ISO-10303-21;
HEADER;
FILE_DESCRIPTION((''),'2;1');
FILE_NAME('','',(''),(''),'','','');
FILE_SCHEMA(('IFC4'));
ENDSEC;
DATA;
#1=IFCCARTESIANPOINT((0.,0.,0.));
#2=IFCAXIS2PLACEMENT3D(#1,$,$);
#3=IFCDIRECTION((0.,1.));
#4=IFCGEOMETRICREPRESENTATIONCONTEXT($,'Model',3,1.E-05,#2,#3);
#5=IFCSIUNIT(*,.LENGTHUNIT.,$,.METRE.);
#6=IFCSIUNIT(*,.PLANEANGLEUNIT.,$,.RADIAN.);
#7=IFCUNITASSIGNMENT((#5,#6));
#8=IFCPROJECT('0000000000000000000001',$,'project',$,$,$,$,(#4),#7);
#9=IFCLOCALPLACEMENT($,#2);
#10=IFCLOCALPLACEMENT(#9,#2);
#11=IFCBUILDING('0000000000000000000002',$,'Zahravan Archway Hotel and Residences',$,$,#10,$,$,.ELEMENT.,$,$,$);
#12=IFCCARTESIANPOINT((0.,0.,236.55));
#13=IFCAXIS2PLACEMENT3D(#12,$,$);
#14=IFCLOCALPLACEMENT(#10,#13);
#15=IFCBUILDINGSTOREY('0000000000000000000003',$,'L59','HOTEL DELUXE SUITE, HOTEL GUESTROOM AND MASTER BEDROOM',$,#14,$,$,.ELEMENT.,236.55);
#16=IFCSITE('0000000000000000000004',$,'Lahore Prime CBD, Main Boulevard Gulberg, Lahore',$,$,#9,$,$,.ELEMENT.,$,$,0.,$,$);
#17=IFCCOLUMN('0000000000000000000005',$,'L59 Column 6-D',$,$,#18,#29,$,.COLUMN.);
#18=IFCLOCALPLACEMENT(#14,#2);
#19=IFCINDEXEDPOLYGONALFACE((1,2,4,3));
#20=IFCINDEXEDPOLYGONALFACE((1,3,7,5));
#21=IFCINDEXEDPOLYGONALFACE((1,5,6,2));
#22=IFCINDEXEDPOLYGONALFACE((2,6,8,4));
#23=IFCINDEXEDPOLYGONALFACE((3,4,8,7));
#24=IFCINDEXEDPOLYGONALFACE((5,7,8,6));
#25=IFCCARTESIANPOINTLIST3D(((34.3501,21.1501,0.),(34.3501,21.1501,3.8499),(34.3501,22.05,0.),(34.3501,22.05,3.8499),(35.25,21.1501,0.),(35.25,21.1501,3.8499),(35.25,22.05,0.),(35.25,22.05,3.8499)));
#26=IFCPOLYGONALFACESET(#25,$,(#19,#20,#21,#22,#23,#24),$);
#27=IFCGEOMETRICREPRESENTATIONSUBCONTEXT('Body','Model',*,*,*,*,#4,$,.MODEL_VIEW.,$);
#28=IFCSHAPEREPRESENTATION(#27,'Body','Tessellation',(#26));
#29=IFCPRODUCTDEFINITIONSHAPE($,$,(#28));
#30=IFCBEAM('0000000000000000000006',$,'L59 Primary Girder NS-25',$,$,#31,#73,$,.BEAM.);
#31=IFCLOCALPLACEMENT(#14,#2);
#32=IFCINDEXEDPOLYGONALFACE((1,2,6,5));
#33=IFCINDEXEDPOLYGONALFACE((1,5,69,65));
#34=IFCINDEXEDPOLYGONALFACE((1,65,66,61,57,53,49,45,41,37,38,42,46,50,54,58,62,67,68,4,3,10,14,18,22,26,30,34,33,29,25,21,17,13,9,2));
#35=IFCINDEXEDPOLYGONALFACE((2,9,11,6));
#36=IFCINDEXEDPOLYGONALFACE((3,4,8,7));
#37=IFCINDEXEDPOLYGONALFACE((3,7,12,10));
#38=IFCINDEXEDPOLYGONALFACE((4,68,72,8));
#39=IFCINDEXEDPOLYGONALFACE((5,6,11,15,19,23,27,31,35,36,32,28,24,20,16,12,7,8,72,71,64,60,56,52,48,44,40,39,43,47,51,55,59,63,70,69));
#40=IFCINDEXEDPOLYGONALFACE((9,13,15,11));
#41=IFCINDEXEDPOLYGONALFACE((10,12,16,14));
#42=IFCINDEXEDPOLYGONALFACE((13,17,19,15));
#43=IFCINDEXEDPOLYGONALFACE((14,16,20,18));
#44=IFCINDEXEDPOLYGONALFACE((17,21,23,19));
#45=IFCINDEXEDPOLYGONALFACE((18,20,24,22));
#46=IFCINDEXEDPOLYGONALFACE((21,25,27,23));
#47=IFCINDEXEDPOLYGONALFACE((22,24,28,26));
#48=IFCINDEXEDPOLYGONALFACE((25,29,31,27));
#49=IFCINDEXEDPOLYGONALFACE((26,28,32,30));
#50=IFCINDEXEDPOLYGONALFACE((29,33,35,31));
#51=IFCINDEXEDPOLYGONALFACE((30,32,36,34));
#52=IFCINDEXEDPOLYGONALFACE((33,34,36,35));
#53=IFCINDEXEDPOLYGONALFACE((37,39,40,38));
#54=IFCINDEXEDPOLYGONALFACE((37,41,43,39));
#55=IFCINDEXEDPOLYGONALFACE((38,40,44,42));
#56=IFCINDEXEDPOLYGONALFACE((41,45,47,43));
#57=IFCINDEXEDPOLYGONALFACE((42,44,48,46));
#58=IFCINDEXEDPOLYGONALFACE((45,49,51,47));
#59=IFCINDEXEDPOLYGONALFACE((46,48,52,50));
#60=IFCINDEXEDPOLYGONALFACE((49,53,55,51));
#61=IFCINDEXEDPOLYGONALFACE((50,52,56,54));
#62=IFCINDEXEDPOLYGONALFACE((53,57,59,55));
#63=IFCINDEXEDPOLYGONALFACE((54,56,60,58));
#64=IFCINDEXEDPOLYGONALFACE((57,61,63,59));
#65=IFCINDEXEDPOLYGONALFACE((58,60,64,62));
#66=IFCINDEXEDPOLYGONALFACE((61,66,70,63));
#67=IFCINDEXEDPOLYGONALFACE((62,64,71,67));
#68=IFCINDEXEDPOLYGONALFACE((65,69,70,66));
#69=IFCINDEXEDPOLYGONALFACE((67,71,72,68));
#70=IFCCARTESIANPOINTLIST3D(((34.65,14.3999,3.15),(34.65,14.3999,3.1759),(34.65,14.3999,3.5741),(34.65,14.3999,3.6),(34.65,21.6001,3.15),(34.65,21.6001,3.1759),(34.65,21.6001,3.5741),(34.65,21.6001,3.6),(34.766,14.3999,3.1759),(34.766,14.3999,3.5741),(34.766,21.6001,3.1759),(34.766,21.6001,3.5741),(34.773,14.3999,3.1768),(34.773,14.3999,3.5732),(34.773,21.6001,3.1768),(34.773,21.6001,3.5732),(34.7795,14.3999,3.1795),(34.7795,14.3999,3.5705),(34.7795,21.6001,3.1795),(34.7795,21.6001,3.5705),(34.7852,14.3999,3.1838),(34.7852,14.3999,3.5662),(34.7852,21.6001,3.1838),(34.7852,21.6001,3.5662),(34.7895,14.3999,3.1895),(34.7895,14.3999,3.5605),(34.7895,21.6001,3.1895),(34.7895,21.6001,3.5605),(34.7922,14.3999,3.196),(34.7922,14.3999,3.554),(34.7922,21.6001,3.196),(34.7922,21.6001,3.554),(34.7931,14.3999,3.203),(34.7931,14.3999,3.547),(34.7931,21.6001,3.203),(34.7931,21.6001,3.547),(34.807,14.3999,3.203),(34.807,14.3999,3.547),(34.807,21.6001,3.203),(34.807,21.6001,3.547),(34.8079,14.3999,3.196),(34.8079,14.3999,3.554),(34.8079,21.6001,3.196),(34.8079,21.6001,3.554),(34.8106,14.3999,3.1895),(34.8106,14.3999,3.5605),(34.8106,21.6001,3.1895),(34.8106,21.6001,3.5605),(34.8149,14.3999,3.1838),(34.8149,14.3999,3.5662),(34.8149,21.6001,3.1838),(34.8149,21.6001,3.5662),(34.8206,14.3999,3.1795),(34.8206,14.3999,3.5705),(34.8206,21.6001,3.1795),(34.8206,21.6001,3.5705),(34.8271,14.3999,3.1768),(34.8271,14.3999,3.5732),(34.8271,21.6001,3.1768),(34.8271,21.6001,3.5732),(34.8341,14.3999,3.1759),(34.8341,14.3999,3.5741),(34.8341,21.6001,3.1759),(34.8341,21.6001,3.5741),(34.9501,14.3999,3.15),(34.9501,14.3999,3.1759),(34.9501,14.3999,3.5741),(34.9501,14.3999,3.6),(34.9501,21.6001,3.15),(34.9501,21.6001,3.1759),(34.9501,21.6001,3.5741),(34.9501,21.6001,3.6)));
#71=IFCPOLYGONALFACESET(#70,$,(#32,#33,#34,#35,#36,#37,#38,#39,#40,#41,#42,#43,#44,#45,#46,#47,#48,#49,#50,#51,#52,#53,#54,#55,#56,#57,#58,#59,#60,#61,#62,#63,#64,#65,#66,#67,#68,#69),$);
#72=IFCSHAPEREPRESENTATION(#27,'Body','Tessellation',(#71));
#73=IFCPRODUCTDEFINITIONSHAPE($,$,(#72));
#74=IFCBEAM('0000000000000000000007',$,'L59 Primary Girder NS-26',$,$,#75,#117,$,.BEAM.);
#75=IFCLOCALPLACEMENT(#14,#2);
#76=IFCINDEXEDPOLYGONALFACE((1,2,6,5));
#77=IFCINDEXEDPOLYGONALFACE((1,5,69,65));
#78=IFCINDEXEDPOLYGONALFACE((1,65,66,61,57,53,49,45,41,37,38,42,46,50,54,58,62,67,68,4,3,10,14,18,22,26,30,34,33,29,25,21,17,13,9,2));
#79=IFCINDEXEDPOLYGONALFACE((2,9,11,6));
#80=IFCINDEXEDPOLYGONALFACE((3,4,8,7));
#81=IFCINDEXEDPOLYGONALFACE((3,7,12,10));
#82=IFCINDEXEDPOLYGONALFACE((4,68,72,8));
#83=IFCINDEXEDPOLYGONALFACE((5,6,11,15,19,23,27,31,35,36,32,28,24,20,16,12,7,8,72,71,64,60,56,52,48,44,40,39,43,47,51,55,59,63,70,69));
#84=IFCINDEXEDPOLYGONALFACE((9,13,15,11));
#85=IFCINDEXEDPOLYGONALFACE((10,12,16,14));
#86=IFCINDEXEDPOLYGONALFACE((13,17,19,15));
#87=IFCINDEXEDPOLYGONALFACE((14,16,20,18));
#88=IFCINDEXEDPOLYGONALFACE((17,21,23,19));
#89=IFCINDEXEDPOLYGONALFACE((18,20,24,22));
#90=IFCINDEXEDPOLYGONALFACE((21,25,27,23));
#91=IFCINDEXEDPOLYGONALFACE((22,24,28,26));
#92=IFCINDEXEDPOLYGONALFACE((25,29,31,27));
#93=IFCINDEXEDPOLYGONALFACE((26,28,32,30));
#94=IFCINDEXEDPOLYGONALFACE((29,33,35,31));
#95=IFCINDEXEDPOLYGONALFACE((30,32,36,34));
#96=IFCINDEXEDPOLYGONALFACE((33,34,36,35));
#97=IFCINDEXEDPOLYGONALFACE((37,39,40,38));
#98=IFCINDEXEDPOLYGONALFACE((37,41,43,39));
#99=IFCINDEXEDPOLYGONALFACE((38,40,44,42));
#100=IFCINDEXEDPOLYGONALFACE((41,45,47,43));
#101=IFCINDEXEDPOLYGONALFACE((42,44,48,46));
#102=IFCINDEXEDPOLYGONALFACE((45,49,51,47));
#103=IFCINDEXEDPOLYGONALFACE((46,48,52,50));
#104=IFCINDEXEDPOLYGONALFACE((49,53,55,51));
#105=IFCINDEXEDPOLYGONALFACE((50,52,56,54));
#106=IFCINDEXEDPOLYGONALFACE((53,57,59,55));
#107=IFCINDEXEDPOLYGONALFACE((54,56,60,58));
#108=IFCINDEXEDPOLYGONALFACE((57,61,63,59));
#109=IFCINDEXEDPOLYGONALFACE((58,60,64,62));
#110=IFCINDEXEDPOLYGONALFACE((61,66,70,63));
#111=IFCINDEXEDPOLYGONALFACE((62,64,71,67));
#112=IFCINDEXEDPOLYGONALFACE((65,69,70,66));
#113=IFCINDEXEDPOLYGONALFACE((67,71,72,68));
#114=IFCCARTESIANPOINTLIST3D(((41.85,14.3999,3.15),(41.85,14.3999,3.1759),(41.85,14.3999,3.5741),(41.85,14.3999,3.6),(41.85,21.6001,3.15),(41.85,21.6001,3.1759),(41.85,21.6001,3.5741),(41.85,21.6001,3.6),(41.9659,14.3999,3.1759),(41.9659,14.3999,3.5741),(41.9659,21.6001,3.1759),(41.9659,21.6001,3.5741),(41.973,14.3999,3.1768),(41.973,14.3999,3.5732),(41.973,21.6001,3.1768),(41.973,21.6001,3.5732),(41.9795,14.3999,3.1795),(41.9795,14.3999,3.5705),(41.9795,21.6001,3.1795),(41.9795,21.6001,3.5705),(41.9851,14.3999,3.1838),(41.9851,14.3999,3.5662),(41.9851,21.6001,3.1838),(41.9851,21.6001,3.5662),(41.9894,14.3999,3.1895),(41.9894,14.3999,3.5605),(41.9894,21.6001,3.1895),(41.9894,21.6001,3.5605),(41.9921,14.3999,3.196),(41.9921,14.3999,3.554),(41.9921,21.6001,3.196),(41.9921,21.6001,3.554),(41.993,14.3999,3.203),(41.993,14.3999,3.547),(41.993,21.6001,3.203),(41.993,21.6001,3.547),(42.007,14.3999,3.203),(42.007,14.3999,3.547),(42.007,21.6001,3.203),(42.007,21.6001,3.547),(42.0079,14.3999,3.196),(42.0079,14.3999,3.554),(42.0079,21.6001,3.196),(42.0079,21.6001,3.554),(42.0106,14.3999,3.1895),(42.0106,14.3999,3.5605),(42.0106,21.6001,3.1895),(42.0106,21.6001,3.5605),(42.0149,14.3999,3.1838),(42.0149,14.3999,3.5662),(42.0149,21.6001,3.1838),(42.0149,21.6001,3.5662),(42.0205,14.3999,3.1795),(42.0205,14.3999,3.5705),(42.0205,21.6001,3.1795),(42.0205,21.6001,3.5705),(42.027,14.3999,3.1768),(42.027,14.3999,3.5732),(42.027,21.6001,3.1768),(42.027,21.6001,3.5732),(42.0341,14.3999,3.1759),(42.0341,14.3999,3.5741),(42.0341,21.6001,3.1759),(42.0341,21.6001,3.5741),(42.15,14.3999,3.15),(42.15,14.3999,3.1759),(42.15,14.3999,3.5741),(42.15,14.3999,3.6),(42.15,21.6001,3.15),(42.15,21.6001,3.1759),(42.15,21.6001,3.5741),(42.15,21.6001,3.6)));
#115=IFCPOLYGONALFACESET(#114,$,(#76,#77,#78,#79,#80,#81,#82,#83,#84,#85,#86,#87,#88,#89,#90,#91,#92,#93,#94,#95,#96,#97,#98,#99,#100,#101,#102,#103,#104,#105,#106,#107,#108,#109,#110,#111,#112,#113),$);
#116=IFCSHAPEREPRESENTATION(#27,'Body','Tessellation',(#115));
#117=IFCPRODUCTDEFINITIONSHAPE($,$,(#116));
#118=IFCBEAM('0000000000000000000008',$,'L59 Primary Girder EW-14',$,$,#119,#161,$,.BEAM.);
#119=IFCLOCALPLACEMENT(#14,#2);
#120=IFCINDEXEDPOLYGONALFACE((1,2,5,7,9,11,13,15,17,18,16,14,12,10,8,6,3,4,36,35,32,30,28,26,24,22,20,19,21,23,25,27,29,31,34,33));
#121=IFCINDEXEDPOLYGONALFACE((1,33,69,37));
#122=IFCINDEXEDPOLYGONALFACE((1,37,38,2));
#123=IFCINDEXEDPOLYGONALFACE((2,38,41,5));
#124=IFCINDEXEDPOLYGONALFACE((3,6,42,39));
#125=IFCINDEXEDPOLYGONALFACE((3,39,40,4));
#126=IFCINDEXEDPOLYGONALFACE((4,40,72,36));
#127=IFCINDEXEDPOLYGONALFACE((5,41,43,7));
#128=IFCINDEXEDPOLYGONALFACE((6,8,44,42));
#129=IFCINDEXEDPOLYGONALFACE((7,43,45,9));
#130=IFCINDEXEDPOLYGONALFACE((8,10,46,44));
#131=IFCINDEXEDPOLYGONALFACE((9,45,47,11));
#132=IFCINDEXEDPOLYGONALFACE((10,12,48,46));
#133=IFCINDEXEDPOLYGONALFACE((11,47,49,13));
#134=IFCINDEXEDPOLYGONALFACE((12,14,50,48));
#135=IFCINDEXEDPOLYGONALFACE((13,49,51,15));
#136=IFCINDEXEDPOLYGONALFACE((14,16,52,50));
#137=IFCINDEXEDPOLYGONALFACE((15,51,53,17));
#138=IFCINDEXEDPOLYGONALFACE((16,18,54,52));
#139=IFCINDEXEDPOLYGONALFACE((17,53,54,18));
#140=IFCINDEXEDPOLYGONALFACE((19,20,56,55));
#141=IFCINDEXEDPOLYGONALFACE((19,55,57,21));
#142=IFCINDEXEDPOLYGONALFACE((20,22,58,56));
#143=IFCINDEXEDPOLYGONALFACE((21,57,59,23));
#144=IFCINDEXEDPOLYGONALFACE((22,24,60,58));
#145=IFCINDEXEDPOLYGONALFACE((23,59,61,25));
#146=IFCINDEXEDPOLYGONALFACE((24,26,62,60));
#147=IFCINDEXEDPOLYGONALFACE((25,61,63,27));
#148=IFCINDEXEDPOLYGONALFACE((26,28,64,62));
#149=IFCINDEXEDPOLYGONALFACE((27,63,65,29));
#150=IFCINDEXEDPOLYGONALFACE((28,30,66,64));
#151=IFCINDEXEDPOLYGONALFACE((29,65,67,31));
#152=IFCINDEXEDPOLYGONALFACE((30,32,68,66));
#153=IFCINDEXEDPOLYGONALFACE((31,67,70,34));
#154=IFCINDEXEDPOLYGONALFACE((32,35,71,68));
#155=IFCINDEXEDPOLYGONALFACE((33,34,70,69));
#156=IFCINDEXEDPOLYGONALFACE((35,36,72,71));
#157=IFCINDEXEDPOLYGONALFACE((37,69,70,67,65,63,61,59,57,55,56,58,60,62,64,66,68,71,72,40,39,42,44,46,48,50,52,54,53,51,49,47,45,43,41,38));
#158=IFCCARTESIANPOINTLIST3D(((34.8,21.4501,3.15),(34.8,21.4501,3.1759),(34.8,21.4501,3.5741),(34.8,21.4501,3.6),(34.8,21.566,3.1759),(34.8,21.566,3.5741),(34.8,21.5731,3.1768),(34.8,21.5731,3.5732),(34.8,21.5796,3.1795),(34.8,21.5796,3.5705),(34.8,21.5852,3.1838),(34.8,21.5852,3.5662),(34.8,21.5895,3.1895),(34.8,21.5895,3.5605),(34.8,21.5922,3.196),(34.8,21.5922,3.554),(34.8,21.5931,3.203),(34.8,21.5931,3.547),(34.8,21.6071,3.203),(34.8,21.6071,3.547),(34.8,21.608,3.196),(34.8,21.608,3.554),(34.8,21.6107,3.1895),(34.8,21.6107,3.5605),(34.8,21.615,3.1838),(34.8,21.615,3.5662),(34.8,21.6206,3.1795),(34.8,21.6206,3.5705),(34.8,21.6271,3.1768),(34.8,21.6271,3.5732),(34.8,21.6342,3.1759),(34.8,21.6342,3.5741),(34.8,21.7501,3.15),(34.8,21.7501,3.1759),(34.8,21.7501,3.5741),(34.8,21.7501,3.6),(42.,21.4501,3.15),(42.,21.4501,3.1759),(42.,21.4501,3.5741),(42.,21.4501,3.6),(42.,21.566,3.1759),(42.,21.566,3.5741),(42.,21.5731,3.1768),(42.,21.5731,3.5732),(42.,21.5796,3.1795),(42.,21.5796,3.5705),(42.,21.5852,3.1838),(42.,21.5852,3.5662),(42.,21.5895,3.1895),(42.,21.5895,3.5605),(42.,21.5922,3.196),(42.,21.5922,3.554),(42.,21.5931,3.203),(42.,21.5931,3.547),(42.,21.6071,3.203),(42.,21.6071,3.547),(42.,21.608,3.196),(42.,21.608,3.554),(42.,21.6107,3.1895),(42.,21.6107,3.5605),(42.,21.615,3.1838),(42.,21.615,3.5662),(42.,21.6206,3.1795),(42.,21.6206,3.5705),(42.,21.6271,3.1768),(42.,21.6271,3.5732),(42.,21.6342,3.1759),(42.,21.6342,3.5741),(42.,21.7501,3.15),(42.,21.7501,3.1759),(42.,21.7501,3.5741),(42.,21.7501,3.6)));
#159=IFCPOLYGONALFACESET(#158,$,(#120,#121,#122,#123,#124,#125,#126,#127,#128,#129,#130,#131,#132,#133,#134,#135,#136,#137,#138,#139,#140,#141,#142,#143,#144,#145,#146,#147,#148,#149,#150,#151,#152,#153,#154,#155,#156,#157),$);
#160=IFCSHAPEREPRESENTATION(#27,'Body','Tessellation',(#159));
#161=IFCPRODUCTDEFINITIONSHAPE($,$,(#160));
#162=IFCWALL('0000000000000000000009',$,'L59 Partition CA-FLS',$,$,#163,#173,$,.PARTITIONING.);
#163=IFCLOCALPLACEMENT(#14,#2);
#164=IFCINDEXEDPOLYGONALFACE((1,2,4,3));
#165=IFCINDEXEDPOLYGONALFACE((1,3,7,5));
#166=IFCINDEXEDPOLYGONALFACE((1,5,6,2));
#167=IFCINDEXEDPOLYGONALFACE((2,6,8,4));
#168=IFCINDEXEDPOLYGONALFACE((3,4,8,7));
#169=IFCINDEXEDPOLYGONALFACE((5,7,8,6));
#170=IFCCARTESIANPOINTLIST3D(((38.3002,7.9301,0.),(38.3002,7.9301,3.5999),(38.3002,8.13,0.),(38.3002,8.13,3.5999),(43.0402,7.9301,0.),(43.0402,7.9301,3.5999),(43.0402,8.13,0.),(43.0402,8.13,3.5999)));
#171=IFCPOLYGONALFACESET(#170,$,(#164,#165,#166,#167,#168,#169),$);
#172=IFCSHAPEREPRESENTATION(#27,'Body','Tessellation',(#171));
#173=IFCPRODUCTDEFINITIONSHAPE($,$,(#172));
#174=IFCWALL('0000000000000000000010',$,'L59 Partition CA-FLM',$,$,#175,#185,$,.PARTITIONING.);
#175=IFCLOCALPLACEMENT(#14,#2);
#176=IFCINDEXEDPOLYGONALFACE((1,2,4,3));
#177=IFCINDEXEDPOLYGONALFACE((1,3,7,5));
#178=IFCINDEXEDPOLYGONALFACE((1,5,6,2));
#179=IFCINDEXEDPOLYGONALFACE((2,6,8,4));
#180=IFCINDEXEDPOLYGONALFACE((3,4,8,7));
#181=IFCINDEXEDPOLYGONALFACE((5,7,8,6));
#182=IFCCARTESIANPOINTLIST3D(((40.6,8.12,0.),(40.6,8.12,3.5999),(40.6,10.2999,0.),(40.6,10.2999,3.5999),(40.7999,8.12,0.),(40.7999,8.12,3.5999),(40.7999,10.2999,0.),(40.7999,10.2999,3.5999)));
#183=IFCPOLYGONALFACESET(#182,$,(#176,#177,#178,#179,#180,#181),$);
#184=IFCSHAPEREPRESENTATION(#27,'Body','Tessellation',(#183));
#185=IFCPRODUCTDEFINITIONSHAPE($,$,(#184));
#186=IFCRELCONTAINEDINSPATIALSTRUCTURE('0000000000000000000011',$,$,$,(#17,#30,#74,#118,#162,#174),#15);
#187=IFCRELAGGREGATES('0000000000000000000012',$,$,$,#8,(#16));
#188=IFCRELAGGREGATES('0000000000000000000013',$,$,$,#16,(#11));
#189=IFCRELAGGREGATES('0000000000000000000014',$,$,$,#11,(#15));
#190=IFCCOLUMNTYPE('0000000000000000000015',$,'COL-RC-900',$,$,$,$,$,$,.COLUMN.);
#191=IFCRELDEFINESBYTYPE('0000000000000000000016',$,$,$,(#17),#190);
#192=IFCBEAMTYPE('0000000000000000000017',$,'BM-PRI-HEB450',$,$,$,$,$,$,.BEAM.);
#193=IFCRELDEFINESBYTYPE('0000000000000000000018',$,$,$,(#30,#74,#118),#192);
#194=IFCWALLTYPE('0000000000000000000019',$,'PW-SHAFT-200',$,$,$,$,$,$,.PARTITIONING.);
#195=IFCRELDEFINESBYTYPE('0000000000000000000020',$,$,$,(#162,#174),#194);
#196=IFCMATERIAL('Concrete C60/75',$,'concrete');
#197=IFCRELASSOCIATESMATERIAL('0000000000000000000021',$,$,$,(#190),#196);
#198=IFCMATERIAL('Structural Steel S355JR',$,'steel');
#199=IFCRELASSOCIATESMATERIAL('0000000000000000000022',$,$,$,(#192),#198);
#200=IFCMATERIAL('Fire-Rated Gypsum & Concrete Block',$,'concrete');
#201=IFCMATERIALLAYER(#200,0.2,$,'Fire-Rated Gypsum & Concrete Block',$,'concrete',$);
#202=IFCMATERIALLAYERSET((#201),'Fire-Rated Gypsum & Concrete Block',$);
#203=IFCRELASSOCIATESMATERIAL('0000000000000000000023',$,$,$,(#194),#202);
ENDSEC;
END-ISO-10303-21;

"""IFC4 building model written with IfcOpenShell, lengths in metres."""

from ifc_helpers import new_model, si_unit, direction, frame, frame_2d, origin, origin_2d, place, context, subcontext, project, spatial, rectangle, i_section, extrude, source, transform, mapped, material, layer, layer_set, material_profile, profile_set, type_object, type_shapes, element, save


model = new_model("IFC4")

# Units and contexts
model_context = context("Model", 3, precision=1e-05, world=origin(), true_north=direction((0.0, 1.0)))
body_context = subcontext(model_context, "Body", "Model", "MODEL_VIEW")
ifc_project = project(units=[si_unit("LENGTHUNIT", "METRE"), si_unit("PLANEANGLEUNIT", "RADIAN")], contexts=[model_context])

# Site, building, storey
site_placement = place(None, origin())
site = spatial("IfcSite", under=ifc_project, at=site_placement, Name="Lahore Prime CBD, Main Boulevard Gulberg, Lahore", CompositionType="ELEMENT", RefElevation=0.0)
building_placement = place(site_placement, origin())
building = spatial("IfcBuilding", under=site, at=building_placement, Name="Zahravan Archway Hotel and Residences", CompositionType="ELEMENT")
storey_placement = place(building_placement, frame((0.0, 0.0, 236.55)))
storey = spatial("IfcBuildingStorey", under=building, at=storey_placement, Name="L59", Description="HOTEL DELUXE SUITE, HOTEL GUESTROOM AND MASTER BEDROOM", CompositionType="ELEMENT", Elevation=236.55)

# Column
ifc_material_1 = material(Name="Concrete C60/75", Category="concrete")
ifc_material_profile_1 = material_profile(ifc_material_1, rectangle(XDim=0.8999, YDim=0.8999, at=origin_2d()), Name="RC-COL-900x900", Category="concrete")
ifc_profile_set_1 = profile_set([ifc_material_profile_1], Name="Concrete C60/75")
column_type = type_object("IfcColumnType", Name="COL-RC-900", PredefinedType="COLUMN", material=ifc_profile_set_1)
shared_shape_1 = source(origin(), body_context, "Body", "SweptSolid", [
    extrude(rectangle(XDim=0.8999, YDim=0.8999, at=origin_2d()), origin(), (0.0, 0.0, 1.0), 3.8499),
])
column_placement = place(storey_placement, frame((34.8, 21.6001, 0.0), z_axis=(0.0, 0.0, 1.0), x_axis=(1.0, 0.0, 0.0)))
element("IfcColumn", 1, at=column_placement, inside=storey, type_object=column_type, Name="L59 Column 6-D", PredefinedType="COLUMN", context=body_context, shape_type="MappedRepresentation", body=[
    mapped(shared_shape_1, transform((0.0, 0.0, 0.0), scale=1.0)),
])

# Beams
ifc_material_2 = material(Name="Structural Steel S355JR", Category="steel")
ifc_material_profile_2 = material_profile(ifc_material_2, i_section(OverallWidth=0.3, OverallDepth=0.45, WebThickness=0.0139, FlangeThickness=0.0259, FilletRadius=0.0271, at=origin_2d()), Name="HEB 450", Category="steel")
ifc_profile_set_2 = profile_set([ifc_material_profile_2], Name="Structural Steel S355JR")
beam_type = type_object("IfcBeamType", Name="BM-PRI-HEB450", PredefinedType="BEAM", material=ifc_profile_set_2)
shared_shape_2 = source(origin(), body_context, "Body", "SweptSolid", [
    extrude(i_section(OverallWidth=0.3, OverallDepth=0.45, WebThickness=0.0139, FlangeThickness=0.0259, FilletRadius=0.0271, at=origin_2d()), origin(), (0.0, 0.0, 1.0), 7.2002),
])
type_shapes(beam_type, [shared_shape_2])
for number, where, z_axis, x_axis, name in (
    (2, (34.8, 14.3999, 3.375), (0.0, 1.0, 0.0), (-1.0, 0.0, 0.0), "L59 Primary Girder NS-25"),
    (3, (42.0, 14.3999, 3.375), (0.0, 1.0, 0.0), (-1.0, 0.0, 0.0), "L59 Primary Girder NS-26"),
):
    element("IfcBeam", number, at=place(storey_placement, frame(where, z_axis=z_axis, x_axis=x_axis)), inside=storey, type_object=beam_type, Name=name, PredefinedType="BEAM", context=body_context, shape_type="MappedRepresentation", body=[
        mapped(shared_shape_2, transform((0.0, 0.0, 0.0), scale=1.0)),
    ])
shared_shape_3 = source(origin(), body_context, "Body", "SweptSolid", [
    extrude(i_section(OverallWidth=0.3, OverallDepth=0.45, WebThickness=0.0139, FlangeThickness=0.0259, FilletRadius=0.0271, at=origin_2d()), origin(), (0.0, 0.0, 1.0), 7.2),
])
beam_placement = place(storey_placement, frame((34.8, 21.6001, 3.375), z_axis=(1.0, 0.0, 0.0), x_axis=(0.0, 1.0, 0.0)))
element("IfcBeam", 4, at=beam_placement, inside=storey, type_object=beam_type, Name="L59 Primary Girder EW-14", PredefinedType="BEAM", context=body_context, shape_type="MappedRepresentation", body=[
    mapped(shared_shape_3, transform((0.0, 0.0, 0.0), scale=1.0)),
])

# Shared definitions
ifc_material_3 = material(Name="Fire-Rated Gypsum & Concrete Block", Category="concrete")

# Walls
ifc_layer_1 = layer(ifc_material_3, 0.2, Name="Fire-Rated Gypsum & Concrete Block", Category="concrete")
ifc_layer_set_1 = layer_set([ifc_layer_1], Name="Fire-Rated Gypsum & Concrete Block")
wall_type_1 = type_object("IfcWallType", Name="PW-SHAFT-200", PredefinedType="PARTITIONING", material=ifc_layer_set_1)
wall_1_placement = place(storey_placement, frame((38.3, 8.03, 0.0), z_axis=(0.0, 0.0, 1.0), x_axis=(1.0, 0.0, 0.0)))
element("IfcWall", 5, at=wall_1_placement, inside=storey, type_object=wall_type_1, Name="L59 Partition CA-FLS", PredefinedType="PARTITIONING", context=body_context, shape_type="SweptSolid", body=[
    extrude(rectangle(XDim=4.74, YDim=0.2, at=frame_2d((2.3701, 0.0))), origin(), (0.0, 0.0, 1.0), 3.5999),
])
wall_2_placement = place(storey_placement, frame((40.7, 8.1201, 0.0), z_axis=(0.0, 0.0, 1.0), x_axis=(0.0, 1.0, 0.0)))
element("IfcWall", 6, at=wall_2_placement, inside=storey, type_object=wall_type_1, Name="L59 Partition CA-FLM", PredefinedType="PARTITIONING", context=body_context, shape_type="SweptSolid", body=[
    extrude(rectangle(XDim=2.1799, YDim=0.2, at=frame_2d((1.0898, 0.0))), origin(), (0.0, 0.0, 1.0), 3.5999),
])

save(model, "model.ifc")
